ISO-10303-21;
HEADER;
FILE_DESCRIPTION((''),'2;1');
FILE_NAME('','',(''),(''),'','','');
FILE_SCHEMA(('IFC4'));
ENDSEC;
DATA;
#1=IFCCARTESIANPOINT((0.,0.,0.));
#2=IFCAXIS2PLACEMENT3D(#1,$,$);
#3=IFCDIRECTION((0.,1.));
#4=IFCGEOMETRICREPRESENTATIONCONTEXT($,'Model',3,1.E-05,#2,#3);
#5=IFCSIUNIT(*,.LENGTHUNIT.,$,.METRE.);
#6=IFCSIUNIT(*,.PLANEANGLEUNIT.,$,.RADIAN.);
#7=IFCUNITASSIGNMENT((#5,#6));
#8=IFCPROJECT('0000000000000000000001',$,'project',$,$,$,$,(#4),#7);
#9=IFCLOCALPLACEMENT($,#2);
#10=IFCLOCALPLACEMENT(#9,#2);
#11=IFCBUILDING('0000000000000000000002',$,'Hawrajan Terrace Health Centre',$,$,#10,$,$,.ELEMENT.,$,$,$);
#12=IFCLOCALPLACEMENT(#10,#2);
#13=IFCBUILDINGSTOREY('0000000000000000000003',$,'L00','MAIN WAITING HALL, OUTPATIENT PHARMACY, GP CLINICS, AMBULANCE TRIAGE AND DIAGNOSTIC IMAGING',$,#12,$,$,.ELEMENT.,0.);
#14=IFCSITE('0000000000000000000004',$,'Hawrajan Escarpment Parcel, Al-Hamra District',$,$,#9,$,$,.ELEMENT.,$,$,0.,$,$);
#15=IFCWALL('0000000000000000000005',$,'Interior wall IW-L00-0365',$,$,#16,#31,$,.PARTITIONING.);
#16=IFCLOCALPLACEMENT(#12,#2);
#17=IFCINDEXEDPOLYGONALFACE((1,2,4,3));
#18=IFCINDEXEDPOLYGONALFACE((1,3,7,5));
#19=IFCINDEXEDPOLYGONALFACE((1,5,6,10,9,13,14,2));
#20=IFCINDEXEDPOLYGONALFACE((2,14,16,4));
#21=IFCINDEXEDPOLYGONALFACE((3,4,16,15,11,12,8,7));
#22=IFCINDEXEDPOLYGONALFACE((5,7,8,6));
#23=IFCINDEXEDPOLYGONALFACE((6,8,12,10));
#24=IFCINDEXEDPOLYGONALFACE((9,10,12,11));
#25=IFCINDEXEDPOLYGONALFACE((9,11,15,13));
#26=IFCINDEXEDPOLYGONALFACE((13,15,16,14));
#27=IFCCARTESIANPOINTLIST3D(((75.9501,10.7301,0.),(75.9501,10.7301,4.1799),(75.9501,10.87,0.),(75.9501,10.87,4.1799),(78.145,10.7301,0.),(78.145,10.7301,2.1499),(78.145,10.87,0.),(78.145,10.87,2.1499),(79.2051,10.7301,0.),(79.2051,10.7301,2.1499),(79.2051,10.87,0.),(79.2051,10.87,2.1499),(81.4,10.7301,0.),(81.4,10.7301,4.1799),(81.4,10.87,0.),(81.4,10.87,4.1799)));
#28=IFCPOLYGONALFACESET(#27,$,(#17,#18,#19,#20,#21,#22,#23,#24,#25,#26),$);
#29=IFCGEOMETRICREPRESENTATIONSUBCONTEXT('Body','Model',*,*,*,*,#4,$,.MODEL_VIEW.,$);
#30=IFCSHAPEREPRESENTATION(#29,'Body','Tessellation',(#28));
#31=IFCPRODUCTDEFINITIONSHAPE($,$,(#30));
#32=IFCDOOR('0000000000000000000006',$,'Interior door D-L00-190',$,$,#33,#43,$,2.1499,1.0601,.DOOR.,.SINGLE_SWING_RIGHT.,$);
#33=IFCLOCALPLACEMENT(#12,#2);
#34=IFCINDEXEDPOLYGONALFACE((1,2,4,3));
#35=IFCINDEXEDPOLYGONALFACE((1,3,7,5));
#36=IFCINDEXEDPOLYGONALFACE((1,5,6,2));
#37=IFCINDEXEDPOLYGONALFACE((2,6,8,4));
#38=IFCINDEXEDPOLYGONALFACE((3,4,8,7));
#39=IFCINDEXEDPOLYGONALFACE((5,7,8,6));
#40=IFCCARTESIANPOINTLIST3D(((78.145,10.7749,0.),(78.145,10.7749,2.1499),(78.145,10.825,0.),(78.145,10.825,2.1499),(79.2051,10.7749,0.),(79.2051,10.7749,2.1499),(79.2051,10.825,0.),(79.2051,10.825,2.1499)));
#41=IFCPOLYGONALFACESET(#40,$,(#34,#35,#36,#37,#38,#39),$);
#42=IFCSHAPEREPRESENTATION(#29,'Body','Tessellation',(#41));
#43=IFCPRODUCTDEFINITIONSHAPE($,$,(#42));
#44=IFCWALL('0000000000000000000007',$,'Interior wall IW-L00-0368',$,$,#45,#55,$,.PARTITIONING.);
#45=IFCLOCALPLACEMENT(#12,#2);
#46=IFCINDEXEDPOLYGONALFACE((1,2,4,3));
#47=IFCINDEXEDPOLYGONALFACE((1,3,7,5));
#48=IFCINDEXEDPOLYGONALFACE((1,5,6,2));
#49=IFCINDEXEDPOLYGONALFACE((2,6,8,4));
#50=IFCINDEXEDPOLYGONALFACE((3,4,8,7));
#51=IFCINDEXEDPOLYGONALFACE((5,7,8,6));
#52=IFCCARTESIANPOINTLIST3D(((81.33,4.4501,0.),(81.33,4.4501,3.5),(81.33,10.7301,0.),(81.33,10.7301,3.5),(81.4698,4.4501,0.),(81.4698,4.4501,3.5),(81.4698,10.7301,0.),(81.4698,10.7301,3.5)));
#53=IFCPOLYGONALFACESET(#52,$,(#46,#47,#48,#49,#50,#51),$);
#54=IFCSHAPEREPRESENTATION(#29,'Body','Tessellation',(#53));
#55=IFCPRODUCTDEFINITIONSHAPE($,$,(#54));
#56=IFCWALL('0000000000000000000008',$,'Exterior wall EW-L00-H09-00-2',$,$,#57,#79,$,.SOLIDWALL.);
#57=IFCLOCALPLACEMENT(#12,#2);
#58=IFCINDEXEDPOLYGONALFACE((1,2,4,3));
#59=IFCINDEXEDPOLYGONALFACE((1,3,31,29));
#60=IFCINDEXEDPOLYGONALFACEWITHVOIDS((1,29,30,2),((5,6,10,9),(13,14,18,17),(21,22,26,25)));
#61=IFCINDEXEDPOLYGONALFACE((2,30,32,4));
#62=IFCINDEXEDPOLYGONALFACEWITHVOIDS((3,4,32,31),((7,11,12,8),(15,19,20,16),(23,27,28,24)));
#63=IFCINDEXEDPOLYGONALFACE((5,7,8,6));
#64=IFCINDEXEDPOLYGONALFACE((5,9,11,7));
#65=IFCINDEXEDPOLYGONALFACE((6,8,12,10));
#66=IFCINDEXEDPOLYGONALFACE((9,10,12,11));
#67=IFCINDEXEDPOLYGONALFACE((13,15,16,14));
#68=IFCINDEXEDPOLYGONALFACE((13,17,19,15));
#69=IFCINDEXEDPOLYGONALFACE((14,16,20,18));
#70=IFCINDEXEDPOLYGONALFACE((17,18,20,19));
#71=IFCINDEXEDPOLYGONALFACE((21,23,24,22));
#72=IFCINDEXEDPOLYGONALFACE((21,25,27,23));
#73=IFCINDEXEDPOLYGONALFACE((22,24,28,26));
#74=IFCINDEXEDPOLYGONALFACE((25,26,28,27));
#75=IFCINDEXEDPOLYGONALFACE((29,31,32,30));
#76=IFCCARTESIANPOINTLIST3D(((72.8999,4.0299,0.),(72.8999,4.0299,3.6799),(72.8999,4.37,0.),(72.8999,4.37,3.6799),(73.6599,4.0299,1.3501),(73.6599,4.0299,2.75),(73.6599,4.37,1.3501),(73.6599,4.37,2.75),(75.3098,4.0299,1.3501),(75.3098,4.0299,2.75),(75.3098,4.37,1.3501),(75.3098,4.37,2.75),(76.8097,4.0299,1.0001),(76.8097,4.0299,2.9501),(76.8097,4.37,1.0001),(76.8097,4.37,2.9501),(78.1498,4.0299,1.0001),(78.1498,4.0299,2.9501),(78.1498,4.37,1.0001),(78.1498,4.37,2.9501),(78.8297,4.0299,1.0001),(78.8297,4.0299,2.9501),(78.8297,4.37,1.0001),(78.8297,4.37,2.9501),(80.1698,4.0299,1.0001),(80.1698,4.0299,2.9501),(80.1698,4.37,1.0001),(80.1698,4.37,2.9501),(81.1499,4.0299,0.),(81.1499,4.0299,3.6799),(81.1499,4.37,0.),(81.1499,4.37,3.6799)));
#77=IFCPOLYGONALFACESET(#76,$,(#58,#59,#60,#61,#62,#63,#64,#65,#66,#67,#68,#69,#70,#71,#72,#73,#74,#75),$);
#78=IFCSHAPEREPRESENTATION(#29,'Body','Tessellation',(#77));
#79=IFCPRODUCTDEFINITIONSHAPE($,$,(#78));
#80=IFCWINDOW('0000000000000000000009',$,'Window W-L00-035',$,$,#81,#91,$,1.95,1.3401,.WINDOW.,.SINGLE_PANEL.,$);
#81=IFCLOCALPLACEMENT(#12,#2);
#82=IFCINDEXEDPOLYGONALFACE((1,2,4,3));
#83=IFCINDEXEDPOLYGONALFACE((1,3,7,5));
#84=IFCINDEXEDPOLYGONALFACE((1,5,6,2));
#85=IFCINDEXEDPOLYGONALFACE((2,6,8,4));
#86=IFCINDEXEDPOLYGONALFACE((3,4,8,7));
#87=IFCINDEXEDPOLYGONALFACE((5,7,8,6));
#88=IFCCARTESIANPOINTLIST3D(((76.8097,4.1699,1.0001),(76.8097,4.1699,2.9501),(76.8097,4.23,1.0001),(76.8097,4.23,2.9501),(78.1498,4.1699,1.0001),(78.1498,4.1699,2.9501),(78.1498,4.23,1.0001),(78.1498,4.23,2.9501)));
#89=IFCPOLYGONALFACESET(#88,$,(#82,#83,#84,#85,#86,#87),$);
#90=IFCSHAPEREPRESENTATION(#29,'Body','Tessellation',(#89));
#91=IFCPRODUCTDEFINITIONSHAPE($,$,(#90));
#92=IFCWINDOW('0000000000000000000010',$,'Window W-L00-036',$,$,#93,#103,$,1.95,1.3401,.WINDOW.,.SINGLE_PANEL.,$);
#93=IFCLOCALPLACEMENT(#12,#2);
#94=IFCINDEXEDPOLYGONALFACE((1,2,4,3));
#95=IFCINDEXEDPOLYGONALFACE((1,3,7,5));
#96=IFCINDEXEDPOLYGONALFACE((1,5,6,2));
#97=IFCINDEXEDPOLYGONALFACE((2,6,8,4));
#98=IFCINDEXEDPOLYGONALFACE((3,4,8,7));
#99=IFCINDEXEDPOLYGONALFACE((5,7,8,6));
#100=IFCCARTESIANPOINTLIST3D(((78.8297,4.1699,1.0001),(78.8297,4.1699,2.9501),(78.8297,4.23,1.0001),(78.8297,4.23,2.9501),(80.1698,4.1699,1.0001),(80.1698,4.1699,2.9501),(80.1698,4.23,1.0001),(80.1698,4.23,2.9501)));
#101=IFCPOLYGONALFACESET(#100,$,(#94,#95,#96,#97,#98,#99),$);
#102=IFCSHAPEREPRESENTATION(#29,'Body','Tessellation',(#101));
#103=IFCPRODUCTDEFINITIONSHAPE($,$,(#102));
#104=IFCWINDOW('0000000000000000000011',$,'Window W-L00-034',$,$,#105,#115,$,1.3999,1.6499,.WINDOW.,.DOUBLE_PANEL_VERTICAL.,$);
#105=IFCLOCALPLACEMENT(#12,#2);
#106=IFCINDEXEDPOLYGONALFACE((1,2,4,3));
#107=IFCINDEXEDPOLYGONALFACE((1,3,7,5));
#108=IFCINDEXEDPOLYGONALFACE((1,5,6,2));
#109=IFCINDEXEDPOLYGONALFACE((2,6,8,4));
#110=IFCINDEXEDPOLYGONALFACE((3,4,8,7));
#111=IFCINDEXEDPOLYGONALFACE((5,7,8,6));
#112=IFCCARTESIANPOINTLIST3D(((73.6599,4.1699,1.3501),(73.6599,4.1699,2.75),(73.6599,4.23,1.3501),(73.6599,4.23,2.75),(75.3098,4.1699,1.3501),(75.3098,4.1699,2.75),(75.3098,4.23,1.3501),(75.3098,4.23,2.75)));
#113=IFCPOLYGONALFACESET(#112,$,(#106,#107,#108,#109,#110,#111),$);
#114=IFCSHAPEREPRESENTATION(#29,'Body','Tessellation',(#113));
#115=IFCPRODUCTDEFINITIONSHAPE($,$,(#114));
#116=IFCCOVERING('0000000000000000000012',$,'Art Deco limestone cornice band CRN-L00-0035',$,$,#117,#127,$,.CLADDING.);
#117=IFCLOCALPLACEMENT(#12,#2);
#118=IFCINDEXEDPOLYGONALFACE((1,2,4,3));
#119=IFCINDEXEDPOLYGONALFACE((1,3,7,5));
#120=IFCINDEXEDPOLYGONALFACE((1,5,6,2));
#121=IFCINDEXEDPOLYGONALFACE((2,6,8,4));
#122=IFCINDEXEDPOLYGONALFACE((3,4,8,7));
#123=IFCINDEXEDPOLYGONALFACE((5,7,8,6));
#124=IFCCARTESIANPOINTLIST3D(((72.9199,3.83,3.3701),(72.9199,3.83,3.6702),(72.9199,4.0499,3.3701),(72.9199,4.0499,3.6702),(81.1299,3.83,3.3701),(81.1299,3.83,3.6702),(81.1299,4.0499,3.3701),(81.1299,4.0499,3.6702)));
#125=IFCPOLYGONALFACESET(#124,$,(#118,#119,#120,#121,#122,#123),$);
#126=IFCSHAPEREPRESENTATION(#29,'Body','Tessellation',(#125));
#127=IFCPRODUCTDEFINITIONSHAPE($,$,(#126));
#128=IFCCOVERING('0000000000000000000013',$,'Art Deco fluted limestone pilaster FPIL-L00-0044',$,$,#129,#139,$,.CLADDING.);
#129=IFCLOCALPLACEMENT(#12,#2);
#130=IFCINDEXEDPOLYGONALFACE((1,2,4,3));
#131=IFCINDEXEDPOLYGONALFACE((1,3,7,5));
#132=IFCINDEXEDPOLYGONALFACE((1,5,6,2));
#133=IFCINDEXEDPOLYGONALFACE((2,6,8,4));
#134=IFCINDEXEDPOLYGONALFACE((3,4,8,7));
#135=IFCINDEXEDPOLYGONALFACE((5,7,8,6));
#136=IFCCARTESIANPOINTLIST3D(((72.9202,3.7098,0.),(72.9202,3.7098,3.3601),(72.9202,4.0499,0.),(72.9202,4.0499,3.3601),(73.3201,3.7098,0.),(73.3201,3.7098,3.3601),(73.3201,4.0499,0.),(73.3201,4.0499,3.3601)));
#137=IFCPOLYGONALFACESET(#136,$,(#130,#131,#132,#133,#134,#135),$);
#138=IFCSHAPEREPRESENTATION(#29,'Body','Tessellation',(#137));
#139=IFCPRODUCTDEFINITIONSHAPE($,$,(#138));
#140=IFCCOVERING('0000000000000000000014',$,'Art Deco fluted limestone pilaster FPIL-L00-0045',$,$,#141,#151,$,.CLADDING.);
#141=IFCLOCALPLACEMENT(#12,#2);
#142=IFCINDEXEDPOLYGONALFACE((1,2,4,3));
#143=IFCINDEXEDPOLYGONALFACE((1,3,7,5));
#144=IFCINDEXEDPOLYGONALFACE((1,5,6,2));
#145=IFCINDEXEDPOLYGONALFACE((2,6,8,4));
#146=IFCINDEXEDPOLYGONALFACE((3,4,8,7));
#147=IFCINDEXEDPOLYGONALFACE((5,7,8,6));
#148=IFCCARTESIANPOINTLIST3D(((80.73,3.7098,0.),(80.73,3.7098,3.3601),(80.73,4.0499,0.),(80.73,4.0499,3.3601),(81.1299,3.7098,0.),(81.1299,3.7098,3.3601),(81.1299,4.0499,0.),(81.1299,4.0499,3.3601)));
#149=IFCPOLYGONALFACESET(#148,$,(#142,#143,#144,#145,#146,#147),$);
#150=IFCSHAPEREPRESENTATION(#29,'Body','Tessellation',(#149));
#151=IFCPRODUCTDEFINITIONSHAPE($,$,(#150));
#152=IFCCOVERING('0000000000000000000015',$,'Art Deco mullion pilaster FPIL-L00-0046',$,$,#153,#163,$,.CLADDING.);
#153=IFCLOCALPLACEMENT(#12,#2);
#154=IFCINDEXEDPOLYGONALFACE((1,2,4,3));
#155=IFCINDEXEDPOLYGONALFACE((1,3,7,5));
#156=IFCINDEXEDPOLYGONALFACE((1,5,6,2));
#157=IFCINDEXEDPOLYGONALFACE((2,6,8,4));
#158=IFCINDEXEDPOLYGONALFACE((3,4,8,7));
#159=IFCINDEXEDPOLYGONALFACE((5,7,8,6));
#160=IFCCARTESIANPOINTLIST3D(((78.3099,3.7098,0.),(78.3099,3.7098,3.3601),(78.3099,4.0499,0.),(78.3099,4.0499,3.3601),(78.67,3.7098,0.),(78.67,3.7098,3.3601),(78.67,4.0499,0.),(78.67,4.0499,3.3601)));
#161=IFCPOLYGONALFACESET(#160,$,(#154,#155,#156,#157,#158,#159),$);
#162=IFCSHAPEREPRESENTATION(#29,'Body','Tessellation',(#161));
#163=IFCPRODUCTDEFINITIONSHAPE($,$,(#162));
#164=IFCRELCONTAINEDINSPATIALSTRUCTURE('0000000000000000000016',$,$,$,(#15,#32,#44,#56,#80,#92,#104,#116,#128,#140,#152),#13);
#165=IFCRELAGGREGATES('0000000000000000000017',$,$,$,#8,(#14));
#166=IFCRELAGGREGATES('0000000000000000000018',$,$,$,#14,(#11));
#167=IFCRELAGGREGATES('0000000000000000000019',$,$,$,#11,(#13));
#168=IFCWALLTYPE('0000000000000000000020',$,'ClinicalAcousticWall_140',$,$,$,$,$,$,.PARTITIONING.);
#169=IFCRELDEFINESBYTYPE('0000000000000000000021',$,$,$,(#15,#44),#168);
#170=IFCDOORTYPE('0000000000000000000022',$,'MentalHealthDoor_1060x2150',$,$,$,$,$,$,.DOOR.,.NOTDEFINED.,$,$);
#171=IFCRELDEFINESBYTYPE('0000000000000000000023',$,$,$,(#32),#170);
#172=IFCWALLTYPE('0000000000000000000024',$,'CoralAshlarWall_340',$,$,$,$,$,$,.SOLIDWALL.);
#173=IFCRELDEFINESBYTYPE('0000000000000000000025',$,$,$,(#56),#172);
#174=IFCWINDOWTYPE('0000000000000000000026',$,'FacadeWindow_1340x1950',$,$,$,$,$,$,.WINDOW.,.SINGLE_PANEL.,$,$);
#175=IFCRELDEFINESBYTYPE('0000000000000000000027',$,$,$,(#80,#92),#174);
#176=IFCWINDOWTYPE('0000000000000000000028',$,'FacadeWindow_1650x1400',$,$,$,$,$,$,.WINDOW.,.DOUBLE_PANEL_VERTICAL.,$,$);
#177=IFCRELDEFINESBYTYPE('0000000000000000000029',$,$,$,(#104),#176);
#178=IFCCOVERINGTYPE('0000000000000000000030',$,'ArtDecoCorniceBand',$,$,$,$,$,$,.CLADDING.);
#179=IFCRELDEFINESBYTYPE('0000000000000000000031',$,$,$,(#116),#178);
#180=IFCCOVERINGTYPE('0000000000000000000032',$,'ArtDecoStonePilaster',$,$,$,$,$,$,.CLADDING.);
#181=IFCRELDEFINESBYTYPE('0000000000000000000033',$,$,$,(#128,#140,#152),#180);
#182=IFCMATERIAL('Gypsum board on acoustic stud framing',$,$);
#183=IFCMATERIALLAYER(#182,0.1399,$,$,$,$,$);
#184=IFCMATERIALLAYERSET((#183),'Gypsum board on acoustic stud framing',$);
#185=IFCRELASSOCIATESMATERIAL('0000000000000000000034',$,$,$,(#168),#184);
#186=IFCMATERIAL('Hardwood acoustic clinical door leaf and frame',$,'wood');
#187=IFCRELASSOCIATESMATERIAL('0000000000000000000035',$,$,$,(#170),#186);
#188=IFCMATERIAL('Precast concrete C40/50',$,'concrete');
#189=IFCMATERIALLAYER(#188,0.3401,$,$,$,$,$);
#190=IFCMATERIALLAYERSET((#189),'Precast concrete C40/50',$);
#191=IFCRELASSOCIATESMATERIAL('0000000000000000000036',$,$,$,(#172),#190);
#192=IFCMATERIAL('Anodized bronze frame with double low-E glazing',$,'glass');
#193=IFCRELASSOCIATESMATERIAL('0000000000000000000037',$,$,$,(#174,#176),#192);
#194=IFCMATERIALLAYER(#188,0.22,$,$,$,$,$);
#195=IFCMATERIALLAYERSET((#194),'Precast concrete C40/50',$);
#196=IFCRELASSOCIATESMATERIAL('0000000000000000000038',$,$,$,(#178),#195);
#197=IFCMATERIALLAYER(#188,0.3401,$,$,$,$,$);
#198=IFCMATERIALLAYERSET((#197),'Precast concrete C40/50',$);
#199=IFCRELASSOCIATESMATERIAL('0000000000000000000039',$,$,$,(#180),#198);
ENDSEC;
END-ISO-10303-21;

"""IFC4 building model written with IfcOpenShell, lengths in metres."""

from ifc_helpers import new_model, si_unit, direction, frame, frame_2d, origin, origin_2d, place, context, subcontext, project, spatial, rectangle, extrude, material, layer, layer_set, type_object, element, fill, save


model = new_model("IFC4")

# Units and contexts
model_context = context("Model", 3, precision=1e-05, world=origin(), true_north=direction((0.0, 1.0)))
body_context = subcontext(model_context, "Body", "Model", "MODEL_VIEW")
ifc_project = project(units=[si_unit("LENGTHUNIT", "METRE"), si_unit("PLANEANGLEUNIT", "RADIAN")], contexts=[model_context])

# Site, building, storey
site_placement = place(None, origin())
site = spatial("IfcSite", under=ifc_project, at=site_placement, Name="Hawrajan Escarpment Parcel, Al-Hamra District", CompositionType="ELEMENT", RefElevation=0.0)
building_placement = place(site_placement, origin())
building = spatial("IfcBuilding", under=site, at=building_placement, Name="Hawrajan Terrace Health Centre", CompositionType="ELEMENT")
storey_placement = place(building_placement, origin())
storey = spatial("IfcBuildingStorey", under=building, at=storey_placement, Name="L00", Description="MAIN WAITING HALL, OUTPATIENT PHARMACY, GP CLINICS, AMBULANCE TRIAGE AND DIAGNOSTIC IMAGING", CompositionType="ELEMENT", Elevation=0.0)

# Shared definitions
ifc_material_1 = material(Name="Gypsum board on acoustic stud framing")
ifc_layer_1 = layer(ifc_material_1, 0.1399)
ifc_layer_set_1 = layer_set([ifc_layer_1], Name="Gypsum board on acoustic stud framing")
wall_type_1 = type_object("IfcWallType", Name="ClinicalAcousticWall_140", PredefinedType="PARTITIONING", material=ifc_layer_set_1)

# Wall, opening, door
wall_1_placement = place(storey_placement, frame((75.95, 10.8, 0.0), z_axis=(0.0, 0.0, 1.0), x_axis=(1.0, 0.0, 0.0)))
wall_1 = element("IfcWall", 1, at=wall_1_placement, inside=storey, type_object=wall_type_1, Name="Interior wall IW-L00-0365", PredefinedType="PARTITIONING", context=body_context, shape_type="SweptSolid", body=[
    extrude(rectangle(XDim=5.45, YDim=0.1399, at=frame_2d((2.7251, 0.0))), origin(), (0.0, 0.0, 1.0), 4.1799),
])
opening_1_placement = place(wall_1_placement, frame((2.1951, 0.0, 0.0)))
opening_1 = element("IfcOpeningElement", 2, at=opening_1_placement, cuts=wall_1, PredefinedType="OPENING", context=body_context, shape_type="SweptSolid", body=[
    extrude(rectangle(XDim=1.0601, YDim=2.1499, at=frame_2d((0.53, 1.075))), frame((0.0, 0.0798, 0.0), z_axis=(0.0, -1.0, 0.0), x_axis=(1.0, 0.0, 0.0)), (0.0, 0.0, 1.0), 0.1599),
])
ifc_material_2 = material(Name="Hardwood acoustic clinical door leaf and frame", Category="wood")
door_type = type_object("IfcDoorType", Name="MentalHealthDoor_1060x2150", OperationType="NOTDEFINED", PredefinedType="DOOR", material=ifc_material_2)
door_placement = place(opening_1_placement, origin())
door = element("IfcDoor", 3, at=door_placement, inside=storey, type_object=door_type, Name="Interior door D-L00-190", OperationType="SINGLE_SWING_RIGHT", OverallHeight=2.1499, OverallWidth=1.0601, PredefinedType="DOOR", context=body_context, shape_type="SweptSolid", body=[
    extrude(rectangle(XDim=1.0601, YDim=2.1499, at=frame_2d((0.53, 1.075))), frame((0.0, 0.0249, 0.0), z_axis=(0.0, -1.0, 0.0), x_axis=(1.0, 0.0, 0.0)), (0.0, 0.0, 1.0), 0.05),
])
fill(opening_1, door)

# Wall
wall_2_placement = place(storey_placement, frame((81.3999, 4.45, 0.0), z_axis=(0.0, 0.0, 1.0), x_axis=(0.0, 1.0, 0.0)))
element("IfcWall", 4, at=wall_2_placement, inside=storey, type_object=wall_type_1, Name="Interior wall IW-L00-0368", PredefinedType="PARTITIONING", context=body_context, shape_type="SweptSolid", body=[
    extrude(rectangle(XDim=6.28, YDim=0.1399, at=frame_2d((3.1401, 0.0))), origin(), (0.0, 0.0, 1.0), 3.5),
])

# Wall, openings, windows
ifc_material_3 = material(Name="Precast concrete C40/50", Category="concrete")
ifc_layer_2 = layer(ifc_material_3, 0.3401)
ifc_layer_set_2 = layer_set([ifc_layer_2], Name="Precast concrete C40/50")
wall_type_2 = type_object("IfcWallType", Name="CoralAshlarWall_340", PredefinedType="SOLIDWALL", material=ifc_layer_set_2)
wall_3_placement = place(storey_placement, frame((72.8999, 4.2, 0.0), z_axis=(0.0, 0.0, 1.0), x_axis=(1.0, 0.0, 0.0)))
wall_3 = element("IfcWall", 5, at=wall_3_placement, inside=storey, type_object=wall_type_2, Name="Exterior wall EW-L00-H09-00-2", PredefinedType="SOLIDWALL", context=body_context, shape_type="SweptSolid", body=[
    extrude(rectangle(XDim=8.25, YDim=0.3401, at=frame_2d((4.125, 0.0))), origin(), (0.0, 0.0, 1.0), 3.6799),
])
opening_2_placement = place(wall_3_placement, frame((0.76, 0.0, 1.3501)))
opening_2 = element("IfcOpeningElement", 6, at=opening_2_placement, cuts=wall_3, PredefinedType="OPENING", context=body_context, shape_type="SweptSolid", body=[
    extrude(rectangle(XDim=1.6499, YDim=1.3999, at=frame_2d((0.825, 0.7))), frame((0.0, 0.1799, 0.0), z_axis=(0.0, -1.0, 0.0), x_axis=(1.0, 0.0, 0.0)), (0.0, 0.0, 1.0), 0.3601),
])
opening_3_placement = place(wall_3_placement, frame((3.9099, 0.0, 1.0)))
opening_3 = element("IfcOpeningElement", 7, at=opening_3_placement, cuts=wall_3, PredefinedType="OPENING", context=body_context, shape_type="SweptSolid", body=[
    extrude(rectangle(XDim=1.3401, YDim=1.95, at=frame_2d((0.6699, 0.9751))), frame((0.0, 0.1799, 0.0), z_axis=(0.0, -1.0, 0.0), x_axis=(1.0, 0.0, 0.0)), (0.0, 0.0, 1.0), 0.3601),
])
opening_4_placement = place(wall_3_placement, frame((5.9299, 0.0, 1.0)))
opening_4 = element("IfcOpeningElement", 8, at=opening_4_placement, cuts=wall_3, PredefinedType="OPENING", context=body_context, shape_type="SweptSolid", body=[
    extrude(rectangle(XDim=1.3401, YDim=1.95, at=frame_2d((0.6699, 0.9751))), frame((0.0, 0.1799, 0.0), z_axis=(0.0, -1.0, 0.0), x_axis=(1.0, 0.0, 0.0)), (0.0, 0.0, 1.0), 0.3601),
])
ifc_material_4 = material(Name="Anodized bronze frame with double low-E glazing", Category="glass")
window_type_1 = type_object("IfcWindowType", Name="FacadeWindow_1340x1950", PartitioningType="SINGLE_PANEL", PredefinedType="WINDOW", material=ifc_material_4)
window_1_placement = place(opening_3_placement, origin())
window_1 = element("IfcWindow", 9, at=window_1_placement, inside=storey, type_object=window_type_1, Name="Window W-L00-035", OverallHeight=1.95, OverallWidth=1.3401, PartitioningType="SINGLE_PANEL", PredefinedType="WINDOW", context=body_context, shape_type="SweptSolid", body=[
    extrude(rectangle(XDim=1.3401, YDim=1.95, at=frame_2d((0.6699, 0.9751))), frame((0.0, 0.03, 0.0), z_axis=(0.0, -1.0, 0.0), x_axis=(1.0, 0.0, 0.0)), (0.0, 0.0, 1.0), 0.0601),
])
fill(opening_3, window_1)
window_2_placement = place(opening_4_placement, origin())
window_2 = element("IfcWindow", 10, at=window_2_placement, inside=storey, type_object=window_type_1, Name="Window W-L00-036", OverallHeight=1.95, OverallWidth=1.3401, PartitioningType="SINGLE_PANEL", PredefinedType="WINDOW", context=body_context, shape_type="SweptSolid", body=[
    extrude(rectangle(XDim=1.3401, YDim=1.95, at=frame_2d((0.6699, 0.9751))), frame((0.0, 0.03, 0.0), z_axis=(0.0, -1.0, 0.0), x_axis=(1.0, 0.0, 0.0)), (0.0, 0.0, 1.0), 0.0601),
])
fill(opening_4, window_2)
window_type_2 = type_object("IfcWindowType", Name="FacadeWindow_1650x1400", PartitioningType="DOUBLE_PANEL_VERTICAL", PredefinedType="WINDOW", material=ifc_material_4)
window_3_placement = place(opening_2_placement, origin())
window_3 = element("IfcWindow", 11, at=window_3_placement, inside=storey, type_object=window_type_2, Name="Window W-L00-034", OverallHeight=1.3999, OverallWidth=1.6499, PartitioningType="DOUBLE_PANEL_VERTICAL", PredefinedType="WINDOW", context=body_context, shape_type="SweptSolid", body=[
    extrude(rectangle(XDim=1.6499, YDim=1.3999, at=frame_2d((0.825, 0.7))), frame((0.0, 0.03, 0.0), z_axis=(0.0, -1.0, 0.0), x_axis=(1.0, 0.0, 0.0)), (0.0, 0.0, 1.0), 0.0601),
])
fill(opening_2, window_3)

# Coverings
ifc_layer_3 = layer(ifc_material_3, 0.22)
ifc_layer_set_3 = layer_set([ifc_layer_3], Name="Precast concrete C40/50")
covering_type_1 = type_object("IfcCoveringType", Name="ArtDecoCorniceBand", PredefinedType="CLADDING", material=ifc_layer_set_3)
covering_1_placement = place(storey_placement, frame((77.0249, 3.9399, 3.3701), z_axis=(0.0, 0.0, 1.0), x_axis=(1.0, 0.0, 0.0)))
element("IfcCovering", 12, at=covering_1_placement, inside=storey, type_object=covering_type_1, Name="Art Deco limestone cornice band CRN-L00-0035", PredefinedType="CLADDING", context=body_context, shape_type="SweptSolid", body=[
    extrude(rectangle(XDim=8.21, YDim=0.22, at=origin_2d()), origin(), (0.0, 0.0, 1.0), 0.3),
])
ifc_layer_4 = layer(ifc_material_3, 0.3401)
ifc_layer_set_4 = layer_set([ifc_layer_4], Name="Precast concrete C40/50")
covering_type_2 = type_object("IfcCoveringType", Name="ArtDecoStonePilaster", PredefinedType="CLADDING", material=ifc_layer_set_4)
for number, where, z_axis, x_axis, name in (
    (13, (73.1201, 3.8799, 0.0), (0.0, 0.0, 1.0), (1.0, 0.0, 0.0), "Art Deco fluted limestone pilaster FPIL-L00-0044"),
    (14, (80.9299, 3.8799, 0.0), (0.0, 0.0, 1.0), (1.0, 0.0, 0.0), "Art Deco fluted limestone pilaster FPIL-L00-0045"),
):
    element("IfcCovering", number, at=place(storey_placement, frame(where, z_axis=z_axis, x_axis=x_axis)), inside=storey, type_object=covering_type_2, Name=name, PredefinedType="CLADDING", context=body_context, shape_type="SweptSolid", body=[
        extrude(rectangle(XDim=0.3999, YDim=0.3401, at=origin_2d()), origin(), (0.0, 0.0, 1.0), 3.3601),
    ])
covering_2_placement = place(storey_placement, frame((78.49, 3.8799, 0.0), z_axis=(0.0, 0.0, 1.0), x_axis=(1.0, 0.0, 0.0)))
element("IfcCovering", 15, at=covering_2_placement, inside=storey, type_object=covering_type_2, Name="Art Deco mullion pilaster FPIL-L00-0046", PredefinedType="CLADDING", context=body_context, shape_type="SweptSolid", body=[
    extrude(rectangle(XDim=0.3601, YDim=0.3401, at=origin_2d()), origin(), (0.0, 0.0, 1.0), 3.3601),
])

save(model, "model.ifc")
